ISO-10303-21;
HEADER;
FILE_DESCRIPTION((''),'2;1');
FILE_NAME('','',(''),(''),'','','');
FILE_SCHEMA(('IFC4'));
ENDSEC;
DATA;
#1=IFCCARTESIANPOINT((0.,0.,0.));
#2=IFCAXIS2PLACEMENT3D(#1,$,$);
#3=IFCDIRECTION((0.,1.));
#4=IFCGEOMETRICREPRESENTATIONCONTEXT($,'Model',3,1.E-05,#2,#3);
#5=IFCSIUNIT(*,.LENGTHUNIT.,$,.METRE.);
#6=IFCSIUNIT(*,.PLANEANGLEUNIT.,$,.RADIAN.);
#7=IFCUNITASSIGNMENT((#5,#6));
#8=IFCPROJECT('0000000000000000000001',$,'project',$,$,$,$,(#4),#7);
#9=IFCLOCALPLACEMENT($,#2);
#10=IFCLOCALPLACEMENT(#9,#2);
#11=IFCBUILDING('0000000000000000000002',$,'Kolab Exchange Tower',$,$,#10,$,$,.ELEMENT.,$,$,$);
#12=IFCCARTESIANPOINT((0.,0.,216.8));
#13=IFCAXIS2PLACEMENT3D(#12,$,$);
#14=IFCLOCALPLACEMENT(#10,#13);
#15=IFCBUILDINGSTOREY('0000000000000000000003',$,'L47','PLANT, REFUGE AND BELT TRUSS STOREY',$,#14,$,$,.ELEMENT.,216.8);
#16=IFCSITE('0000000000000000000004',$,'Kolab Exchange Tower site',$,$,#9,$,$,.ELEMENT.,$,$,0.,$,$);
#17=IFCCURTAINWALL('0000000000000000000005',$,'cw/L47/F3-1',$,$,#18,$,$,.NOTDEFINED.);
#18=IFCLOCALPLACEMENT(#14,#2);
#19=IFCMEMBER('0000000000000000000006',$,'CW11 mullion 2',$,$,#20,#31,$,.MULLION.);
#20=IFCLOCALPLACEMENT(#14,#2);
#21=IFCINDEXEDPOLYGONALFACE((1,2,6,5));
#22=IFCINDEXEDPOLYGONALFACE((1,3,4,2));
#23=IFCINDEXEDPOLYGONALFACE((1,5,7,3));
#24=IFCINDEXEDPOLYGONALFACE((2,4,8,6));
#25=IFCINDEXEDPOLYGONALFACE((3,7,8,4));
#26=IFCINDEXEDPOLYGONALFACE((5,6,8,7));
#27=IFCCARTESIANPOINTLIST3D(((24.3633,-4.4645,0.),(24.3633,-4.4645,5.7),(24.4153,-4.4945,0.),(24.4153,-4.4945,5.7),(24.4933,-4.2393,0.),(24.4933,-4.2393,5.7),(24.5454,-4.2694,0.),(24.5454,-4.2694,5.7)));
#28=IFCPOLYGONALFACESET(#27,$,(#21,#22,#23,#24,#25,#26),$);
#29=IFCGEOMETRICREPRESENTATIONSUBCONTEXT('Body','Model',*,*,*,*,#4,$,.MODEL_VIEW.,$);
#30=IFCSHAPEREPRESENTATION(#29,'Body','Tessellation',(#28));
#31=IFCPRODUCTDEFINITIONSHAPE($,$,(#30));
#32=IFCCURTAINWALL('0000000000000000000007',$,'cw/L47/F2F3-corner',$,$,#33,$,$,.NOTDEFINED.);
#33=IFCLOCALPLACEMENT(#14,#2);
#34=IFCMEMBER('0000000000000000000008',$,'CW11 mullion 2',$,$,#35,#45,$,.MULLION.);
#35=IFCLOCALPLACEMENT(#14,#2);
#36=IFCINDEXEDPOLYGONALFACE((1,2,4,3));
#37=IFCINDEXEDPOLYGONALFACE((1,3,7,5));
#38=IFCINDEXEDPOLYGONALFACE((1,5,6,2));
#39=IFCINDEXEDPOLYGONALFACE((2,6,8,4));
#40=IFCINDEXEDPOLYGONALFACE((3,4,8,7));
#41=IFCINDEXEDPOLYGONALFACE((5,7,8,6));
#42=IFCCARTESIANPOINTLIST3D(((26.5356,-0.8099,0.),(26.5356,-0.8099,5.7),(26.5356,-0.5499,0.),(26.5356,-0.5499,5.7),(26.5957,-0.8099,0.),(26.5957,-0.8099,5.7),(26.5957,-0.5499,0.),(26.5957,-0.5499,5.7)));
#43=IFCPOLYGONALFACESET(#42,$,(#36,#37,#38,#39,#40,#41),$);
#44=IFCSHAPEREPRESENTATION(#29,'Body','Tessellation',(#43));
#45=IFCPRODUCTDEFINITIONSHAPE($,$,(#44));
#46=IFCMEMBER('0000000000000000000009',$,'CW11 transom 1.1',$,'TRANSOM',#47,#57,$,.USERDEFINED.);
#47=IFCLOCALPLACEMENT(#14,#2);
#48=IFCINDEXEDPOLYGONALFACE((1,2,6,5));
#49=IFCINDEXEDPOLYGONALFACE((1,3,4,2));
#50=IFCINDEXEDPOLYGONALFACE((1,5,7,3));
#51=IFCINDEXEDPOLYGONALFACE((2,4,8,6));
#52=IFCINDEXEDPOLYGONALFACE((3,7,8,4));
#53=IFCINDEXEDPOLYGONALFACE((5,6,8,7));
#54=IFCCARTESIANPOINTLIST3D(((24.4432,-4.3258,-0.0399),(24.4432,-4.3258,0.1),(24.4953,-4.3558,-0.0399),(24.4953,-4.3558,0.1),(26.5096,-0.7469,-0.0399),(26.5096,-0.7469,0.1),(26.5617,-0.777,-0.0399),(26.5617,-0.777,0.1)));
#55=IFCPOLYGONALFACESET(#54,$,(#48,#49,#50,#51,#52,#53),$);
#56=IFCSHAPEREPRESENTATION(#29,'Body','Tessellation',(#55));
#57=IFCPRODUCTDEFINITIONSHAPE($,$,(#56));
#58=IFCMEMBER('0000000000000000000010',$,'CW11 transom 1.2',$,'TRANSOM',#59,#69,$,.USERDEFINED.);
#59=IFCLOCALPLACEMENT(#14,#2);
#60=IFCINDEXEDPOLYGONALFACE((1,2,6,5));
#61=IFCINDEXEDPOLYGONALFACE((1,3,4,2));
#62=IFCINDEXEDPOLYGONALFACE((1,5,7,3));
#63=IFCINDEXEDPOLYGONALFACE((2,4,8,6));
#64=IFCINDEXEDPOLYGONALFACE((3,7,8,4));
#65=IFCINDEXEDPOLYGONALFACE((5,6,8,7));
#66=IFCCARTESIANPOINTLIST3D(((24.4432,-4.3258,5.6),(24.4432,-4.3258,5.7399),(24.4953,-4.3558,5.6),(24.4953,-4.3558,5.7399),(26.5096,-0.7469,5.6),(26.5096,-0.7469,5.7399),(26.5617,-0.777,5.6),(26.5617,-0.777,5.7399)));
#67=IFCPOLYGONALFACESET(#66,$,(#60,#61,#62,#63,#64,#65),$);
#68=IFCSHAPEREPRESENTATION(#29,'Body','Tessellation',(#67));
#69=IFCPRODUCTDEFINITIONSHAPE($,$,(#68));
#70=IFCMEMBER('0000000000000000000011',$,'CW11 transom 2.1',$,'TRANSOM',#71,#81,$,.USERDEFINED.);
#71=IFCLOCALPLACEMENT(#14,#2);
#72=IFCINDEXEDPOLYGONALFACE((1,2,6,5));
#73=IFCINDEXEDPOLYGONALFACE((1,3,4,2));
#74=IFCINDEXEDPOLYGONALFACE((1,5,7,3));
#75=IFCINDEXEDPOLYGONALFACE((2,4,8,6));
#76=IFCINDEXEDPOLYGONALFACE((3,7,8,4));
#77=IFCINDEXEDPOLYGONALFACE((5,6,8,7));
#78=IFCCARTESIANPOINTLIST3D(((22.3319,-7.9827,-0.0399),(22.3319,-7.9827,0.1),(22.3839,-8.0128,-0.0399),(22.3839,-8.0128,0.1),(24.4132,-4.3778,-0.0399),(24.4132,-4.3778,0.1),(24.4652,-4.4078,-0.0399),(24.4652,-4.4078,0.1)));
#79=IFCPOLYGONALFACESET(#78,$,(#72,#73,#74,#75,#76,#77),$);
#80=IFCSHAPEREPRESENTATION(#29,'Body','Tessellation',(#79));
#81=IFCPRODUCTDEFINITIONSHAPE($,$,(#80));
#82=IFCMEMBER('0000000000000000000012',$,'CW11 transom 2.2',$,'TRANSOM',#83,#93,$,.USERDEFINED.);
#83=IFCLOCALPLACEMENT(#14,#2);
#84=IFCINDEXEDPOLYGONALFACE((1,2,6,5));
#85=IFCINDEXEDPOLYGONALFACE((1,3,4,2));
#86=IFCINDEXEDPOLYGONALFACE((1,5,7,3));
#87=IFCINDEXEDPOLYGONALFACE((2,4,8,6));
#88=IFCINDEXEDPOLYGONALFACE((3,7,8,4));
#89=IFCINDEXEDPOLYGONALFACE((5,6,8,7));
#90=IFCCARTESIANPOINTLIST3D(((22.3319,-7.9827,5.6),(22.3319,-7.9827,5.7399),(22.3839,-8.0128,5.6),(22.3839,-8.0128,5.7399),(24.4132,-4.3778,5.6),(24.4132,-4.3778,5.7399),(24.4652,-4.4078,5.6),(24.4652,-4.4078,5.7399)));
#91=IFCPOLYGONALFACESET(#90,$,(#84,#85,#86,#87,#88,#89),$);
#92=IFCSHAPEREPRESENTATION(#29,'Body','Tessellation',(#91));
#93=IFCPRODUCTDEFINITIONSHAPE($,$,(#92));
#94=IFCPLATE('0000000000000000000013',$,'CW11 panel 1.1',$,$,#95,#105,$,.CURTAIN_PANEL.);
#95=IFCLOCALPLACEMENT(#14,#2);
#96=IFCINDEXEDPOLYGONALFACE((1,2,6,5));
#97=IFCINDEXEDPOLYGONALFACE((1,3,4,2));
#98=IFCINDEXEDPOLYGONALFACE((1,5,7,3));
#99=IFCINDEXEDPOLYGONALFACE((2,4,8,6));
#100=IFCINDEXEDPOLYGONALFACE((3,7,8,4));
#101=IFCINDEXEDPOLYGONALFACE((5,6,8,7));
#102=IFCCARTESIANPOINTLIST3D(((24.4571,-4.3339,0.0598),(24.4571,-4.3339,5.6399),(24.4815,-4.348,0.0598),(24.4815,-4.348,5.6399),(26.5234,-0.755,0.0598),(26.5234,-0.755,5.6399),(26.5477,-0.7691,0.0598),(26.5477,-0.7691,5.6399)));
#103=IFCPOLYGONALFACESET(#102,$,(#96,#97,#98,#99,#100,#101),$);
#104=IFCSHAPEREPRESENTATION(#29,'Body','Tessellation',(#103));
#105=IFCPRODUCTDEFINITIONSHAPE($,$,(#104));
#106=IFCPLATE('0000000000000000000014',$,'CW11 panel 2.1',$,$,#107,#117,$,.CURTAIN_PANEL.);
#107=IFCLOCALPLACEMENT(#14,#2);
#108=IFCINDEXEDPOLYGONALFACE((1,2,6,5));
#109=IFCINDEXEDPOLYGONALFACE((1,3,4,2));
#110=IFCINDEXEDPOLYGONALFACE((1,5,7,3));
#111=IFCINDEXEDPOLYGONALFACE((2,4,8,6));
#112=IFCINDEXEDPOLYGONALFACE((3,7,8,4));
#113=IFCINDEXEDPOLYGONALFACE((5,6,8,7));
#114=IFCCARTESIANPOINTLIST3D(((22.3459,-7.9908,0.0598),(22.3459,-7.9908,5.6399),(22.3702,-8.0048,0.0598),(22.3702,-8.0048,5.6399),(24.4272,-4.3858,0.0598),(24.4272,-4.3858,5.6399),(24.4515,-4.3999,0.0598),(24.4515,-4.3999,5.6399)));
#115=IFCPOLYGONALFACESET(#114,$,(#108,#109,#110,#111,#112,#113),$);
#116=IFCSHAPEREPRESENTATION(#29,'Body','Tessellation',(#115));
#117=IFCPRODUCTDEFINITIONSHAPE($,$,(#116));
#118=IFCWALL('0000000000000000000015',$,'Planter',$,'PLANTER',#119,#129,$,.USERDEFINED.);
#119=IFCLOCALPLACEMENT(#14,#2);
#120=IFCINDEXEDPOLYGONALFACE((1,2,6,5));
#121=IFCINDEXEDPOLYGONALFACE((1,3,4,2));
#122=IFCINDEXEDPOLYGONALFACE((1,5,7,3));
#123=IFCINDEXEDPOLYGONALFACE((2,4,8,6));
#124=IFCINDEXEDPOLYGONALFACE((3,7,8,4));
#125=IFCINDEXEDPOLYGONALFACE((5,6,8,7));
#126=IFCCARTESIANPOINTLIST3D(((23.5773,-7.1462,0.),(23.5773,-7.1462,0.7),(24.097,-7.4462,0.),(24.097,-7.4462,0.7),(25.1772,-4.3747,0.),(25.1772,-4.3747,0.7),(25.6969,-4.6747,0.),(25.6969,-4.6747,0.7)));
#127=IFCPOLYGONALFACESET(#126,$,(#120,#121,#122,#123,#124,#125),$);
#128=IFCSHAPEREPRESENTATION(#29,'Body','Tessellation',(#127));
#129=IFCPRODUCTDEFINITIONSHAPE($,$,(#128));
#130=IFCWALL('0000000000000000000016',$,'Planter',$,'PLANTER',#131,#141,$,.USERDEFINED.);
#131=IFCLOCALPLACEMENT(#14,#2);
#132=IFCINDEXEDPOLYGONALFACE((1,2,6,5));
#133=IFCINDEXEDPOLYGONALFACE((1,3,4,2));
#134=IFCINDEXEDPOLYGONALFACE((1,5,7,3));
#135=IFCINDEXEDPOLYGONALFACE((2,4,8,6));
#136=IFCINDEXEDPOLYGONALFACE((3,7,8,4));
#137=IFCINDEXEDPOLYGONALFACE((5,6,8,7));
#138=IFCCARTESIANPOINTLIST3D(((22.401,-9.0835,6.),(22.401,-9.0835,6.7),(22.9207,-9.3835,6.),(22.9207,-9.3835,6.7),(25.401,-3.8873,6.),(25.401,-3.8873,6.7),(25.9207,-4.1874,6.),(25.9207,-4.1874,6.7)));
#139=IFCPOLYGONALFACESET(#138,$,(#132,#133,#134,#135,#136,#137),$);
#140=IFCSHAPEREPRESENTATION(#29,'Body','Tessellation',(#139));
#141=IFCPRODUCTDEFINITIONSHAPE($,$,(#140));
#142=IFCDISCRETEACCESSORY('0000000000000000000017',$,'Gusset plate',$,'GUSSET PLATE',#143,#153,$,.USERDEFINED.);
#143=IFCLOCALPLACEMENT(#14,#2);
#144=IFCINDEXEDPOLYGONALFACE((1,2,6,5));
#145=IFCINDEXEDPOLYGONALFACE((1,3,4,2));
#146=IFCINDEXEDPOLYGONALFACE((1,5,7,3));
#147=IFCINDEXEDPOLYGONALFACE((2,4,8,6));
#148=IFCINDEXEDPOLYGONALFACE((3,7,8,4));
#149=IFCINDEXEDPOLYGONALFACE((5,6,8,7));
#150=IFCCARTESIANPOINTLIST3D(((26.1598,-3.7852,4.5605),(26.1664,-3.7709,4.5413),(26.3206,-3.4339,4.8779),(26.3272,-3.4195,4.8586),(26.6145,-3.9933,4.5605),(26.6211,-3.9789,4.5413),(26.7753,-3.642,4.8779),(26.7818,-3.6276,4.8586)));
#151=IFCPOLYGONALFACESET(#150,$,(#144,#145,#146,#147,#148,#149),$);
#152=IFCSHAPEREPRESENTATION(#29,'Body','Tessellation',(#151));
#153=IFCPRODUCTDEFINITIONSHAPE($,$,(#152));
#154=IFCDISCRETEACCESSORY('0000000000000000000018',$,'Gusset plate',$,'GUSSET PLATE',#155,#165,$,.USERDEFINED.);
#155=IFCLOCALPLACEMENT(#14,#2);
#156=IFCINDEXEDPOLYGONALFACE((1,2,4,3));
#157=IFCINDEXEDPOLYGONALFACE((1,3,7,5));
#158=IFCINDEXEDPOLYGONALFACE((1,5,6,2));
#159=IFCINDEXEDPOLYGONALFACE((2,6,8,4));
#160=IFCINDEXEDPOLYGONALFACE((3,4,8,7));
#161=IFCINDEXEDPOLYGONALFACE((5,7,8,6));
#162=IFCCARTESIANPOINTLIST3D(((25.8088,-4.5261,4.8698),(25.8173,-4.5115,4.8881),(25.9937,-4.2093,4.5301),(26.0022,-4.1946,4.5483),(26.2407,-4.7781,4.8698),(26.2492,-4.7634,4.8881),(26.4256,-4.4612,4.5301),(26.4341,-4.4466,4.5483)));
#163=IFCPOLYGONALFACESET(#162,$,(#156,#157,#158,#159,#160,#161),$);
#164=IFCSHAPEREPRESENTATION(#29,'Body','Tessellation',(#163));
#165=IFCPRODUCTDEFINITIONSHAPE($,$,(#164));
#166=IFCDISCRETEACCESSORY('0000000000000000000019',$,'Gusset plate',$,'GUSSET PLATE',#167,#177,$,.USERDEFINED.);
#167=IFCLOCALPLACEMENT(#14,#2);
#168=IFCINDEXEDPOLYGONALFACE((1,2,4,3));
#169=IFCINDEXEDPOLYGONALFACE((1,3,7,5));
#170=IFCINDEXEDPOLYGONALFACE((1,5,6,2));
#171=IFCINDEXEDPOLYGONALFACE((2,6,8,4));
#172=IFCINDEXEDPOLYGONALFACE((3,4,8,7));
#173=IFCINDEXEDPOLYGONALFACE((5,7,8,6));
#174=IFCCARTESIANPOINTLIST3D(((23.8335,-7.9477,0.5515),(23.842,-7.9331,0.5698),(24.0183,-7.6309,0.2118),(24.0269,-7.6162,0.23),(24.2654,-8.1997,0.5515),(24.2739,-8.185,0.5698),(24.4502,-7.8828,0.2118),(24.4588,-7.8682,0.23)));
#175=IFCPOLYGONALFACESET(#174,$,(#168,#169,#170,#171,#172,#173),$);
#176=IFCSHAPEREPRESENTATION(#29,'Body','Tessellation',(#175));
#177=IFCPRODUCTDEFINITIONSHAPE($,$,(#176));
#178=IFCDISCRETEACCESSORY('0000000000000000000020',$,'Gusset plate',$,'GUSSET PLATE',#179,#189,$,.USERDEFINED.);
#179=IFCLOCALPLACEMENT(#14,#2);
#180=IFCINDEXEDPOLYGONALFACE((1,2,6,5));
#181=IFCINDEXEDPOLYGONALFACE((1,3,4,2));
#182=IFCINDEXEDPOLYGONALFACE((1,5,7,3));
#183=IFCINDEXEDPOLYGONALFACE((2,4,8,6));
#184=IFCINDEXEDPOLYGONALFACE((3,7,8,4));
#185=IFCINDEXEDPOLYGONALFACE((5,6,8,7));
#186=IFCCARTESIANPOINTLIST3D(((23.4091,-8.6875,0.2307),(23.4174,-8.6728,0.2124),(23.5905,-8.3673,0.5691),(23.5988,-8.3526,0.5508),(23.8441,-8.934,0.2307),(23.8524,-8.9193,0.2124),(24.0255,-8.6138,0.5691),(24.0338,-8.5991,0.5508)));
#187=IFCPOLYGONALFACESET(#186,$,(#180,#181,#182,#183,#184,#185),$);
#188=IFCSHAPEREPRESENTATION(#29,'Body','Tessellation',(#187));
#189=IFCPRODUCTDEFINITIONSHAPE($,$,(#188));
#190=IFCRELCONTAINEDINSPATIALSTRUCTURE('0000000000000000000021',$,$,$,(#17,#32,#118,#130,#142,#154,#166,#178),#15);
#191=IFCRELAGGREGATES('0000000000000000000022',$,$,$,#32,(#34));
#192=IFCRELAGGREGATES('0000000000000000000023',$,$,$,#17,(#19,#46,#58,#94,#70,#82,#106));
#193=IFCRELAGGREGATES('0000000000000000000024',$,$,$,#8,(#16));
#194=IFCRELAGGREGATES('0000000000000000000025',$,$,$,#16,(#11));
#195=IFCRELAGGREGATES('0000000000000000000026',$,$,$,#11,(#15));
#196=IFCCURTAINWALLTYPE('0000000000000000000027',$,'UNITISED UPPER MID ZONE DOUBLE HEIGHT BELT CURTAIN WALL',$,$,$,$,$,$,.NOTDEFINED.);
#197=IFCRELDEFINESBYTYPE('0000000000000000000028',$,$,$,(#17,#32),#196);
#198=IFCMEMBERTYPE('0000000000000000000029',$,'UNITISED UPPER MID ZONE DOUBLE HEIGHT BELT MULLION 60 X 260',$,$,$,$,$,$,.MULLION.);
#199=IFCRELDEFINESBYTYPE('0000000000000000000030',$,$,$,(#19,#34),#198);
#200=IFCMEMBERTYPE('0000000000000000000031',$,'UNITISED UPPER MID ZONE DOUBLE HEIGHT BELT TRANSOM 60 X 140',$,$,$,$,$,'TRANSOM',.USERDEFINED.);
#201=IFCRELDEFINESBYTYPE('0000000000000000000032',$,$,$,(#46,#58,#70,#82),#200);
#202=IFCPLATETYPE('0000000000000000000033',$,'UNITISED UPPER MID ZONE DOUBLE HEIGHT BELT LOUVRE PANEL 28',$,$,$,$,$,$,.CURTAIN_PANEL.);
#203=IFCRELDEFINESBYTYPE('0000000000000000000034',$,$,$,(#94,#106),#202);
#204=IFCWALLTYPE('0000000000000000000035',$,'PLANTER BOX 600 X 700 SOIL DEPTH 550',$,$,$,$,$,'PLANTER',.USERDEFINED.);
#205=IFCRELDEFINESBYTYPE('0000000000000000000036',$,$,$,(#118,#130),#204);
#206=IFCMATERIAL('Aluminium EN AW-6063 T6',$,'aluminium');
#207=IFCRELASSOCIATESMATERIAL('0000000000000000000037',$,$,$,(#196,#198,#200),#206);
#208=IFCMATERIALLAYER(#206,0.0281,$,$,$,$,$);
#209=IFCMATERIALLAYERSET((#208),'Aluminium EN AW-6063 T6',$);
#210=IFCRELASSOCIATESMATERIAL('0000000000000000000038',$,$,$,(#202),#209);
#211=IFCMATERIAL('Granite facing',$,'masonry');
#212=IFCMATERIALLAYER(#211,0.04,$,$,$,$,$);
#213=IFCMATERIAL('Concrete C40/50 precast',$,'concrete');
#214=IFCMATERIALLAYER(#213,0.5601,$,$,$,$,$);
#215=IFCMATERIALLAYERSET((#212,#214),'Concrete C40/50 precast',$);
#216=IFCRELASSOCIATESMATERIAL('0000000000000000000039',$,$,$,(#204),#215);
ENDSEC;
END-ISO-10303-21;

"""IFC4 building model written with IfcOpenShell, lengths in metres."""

from ifc_helpers import new_model, si_unit, direction, frame, frame_2d, origin, origin_2d, place, context, subcontext, project, spatial, rectangle, extrude, material, layer, layer_set, material_profile, profile_set, type_object, element, aggregate, save


model = new_model("IFC4")

# Units and contexts
model_context = context("Model", 3, precision=1e-05, world=origin(), true_north=direction((0.0, 1.0)))
body_context = subcontext(model_context, "Body", "Model", "MODEL_VIEW")
ifc_project = project(units=[si_unit("LENGTHUNIT", "METRE"), si_unit("PLANEANGLEUNIT", "RADIAN")], contexts=[model_context])

# Site, building, storey
site_placement = place(None, origin())
site = spatial("IfcSite", under=ifc_project, at=site_placement, Name="Kolab Exchange Tower site", CompositionType="ELEMENT", RefElevation=0.0)
building_placement = place(site_placement, origin())
building = spatial("IfcBuilding", under=site, at=building_placement, Name="Kolab Exchange Tower", CompositionType="ELEMENT")
storey_placement = place(building_placement, frame((0.0, 0.0, 216.8)))
storey = spatial("IfcBuildingStorey", under=building, at=storey_placement, Name="L47", Description="PLANT, REFUGE AND BELT TRUSS STOREY", CompositionType="ELEMENT", Elevation=216.8)

# Curtain wall, member
ifc_material_1 = material(Name="Aluminium EN AW-6063 T6", Category="aluminium")
curtain_wall_type = type_object("IfcCurtainWallType", Name="UNITISED UPPER MID ZONE DOUBLE HEIGHT BELT CURTAIN WALL", PredefinedType="NOTDEFINED", material=ifc_material_1)
curtain_wall_1_placement = place(storey_placement, origin())
curtain_wall_1 = element("IfcCurtainWall", 1, at=curtain_wall_1_placement, inside=storey, type_object=curtain_wall_type, Name="cw/L47/F3-1", PredefinedType="NOTDEFINED")
ifc_material_profile_1 = material_profile(ifc_material_1, rectangle(XDim=0.0601, YDim=0.26, at=origin_2d()), Name="RECT 60X260")
ifc_profile_set_1 = profile_set([ifc_material_profile_1], Name="Aluminium EN AW-6063 T6")
member_type_1 = type_object("IfcMemberType", Name="UNITISED UPPER MID ZONE DOUBLE HEIGHT BELT MULLION 60 X 260", PredefinedType="MULLION", material=ifc_profile_set_1)
member_1_placement = place(storey_placement, frame((24.4543, -4.3669, 0.0), z_axis=(0.0, 0.0, 1.0), x_axis=(0.866025, -0.5, 0.0)))
member_1 = element("IfcMember", 2, at=member_1_placement, type_object=member_type_1, Name="CW11 mullion 2", PredefinedType="MULLION", context=body_context, shape_type="SweptSolid", body=[
    extrude(rectangle(XDim=0.0601, YDim=0.26, at=origin_2d()), origin(), (0.0, 0.0, 1.0), 5.7),
])

# Curtain wall, member
curtain_wall_2_placement = place(storey_placement, origin())
curtain_wall_2 = element("IfcCurtainWall", 3, at=curtain_wall_2_placement, inside=storey, type_object=curtain_wall_type, Name="cw/L47/F2F3-corner", PredefinedType="NOTDEFINED")
member_2_placement = place(storey_placement, frame((26.5657, -0.6799, 0.0), z_axis=(0.0, 0.0, 1.0), x_axis=(1.0, 0.0, 0.0)))
member_2 = element("IfcMember", 4, at=member_2_placement, type_object=member_type_1, Name="CW11 mullion 2", PredefinedType="MULLION", context=body_context, shape_type="SweptSolid", body=[
    extrude(rectangle(XDim=0.0601, YDim=0.26, at=origin_2d()), origin(), (0.0, 0.0, 1.0), 5.7),
])
aggregate(curtain_wall_2, [member_2])

# Members
ifc_material_profile_2 = material_profile(ifc_material_1, rectangle(XDim=0.0601, YDim=0.1399, at=origin_2d()), Name="RECT 60X140")
ifc_profile_set_2 = profile_set([ifc_material_profile_2], Name="Aluminium EN AW-6063 T6")
member_type_2 = type_object("IfcMemberType", Name="UNITISED UPPER MID ZONE DOUBLE HEIGHT BELT TRANSOM 60 X 140", ElementType="TRANSOM", PredefinedType="USERDEFINED", material=ifc_profile_set_2)
member_3_placement = place(storey_placement, frame((26.5356, -0.762, 0.03), z_axis=(-0.500028, -0.866009, 0.0), x_axis=(0.866009, -0.500028, 0.0)))
member_3 = element("IfcMember", 5, at=member_3_placement, type_object=member_type_2, Name="CW11 transom 1.1", ObjectType="TRANSOM", PredefinedType="USERDEFINED", context=body_context, shape_type="SweptSolid", body=[
    extrude(rectangle(XDim=0.0601, YDim=0.1399, at=origin_2d()), origin(), (0.0, 0.0, 1.0), 4.1326),
])
member_4_placement = place(storey_placement, frame((26.5356, -0.762, 5.6699), z_axis=(-0.500028, -0.866009, 0.0), x_axis=(0.866009, -0.500028, 0.0)))
member_4 = element("IfcMember", 6, at=member_4_placement, type_object=member_type_2, Name="CW11 transom 1.2", ObjectType="TRANSOM", PredefinedType="USERDEFINED", context=body_context, shape_type="SweptSolid", body=[
    extrude(rectangle(XDim=0.0601, YDim=0.1399, at=origin_2d()), origin(), (0.0, 0.0, 1.0), 4.1326),
])
member_5_placement = place(storey_placement, frame((24.4392, -4.3928, 0.03), z_axis=(-0.499993, -0.866029, 0.0), x_axis=(0.866029, -0.499993, 0.0)))
member_5 = element("IfcMember", 7, at=member_5_placement, type_object=member_type_2, Name="CW11 transom 2.1", ObjectType="TRANSOM", PredefinedType="USERDEFINED", context=body_context, shape_type="SweptSolid", body=[
    extrude(rectangle(XDim=0.0601, YDim=0.1399, at=origin_2d()), origin(), (0.0, 0.0, 1.0), 4.1626),
])
member_6_placement = place(storey_placement, frame((24.4392, -4.3928, 5.6699), z_axis=(-0.499993, -0.866029, 0.0), x_axis=(0.866029, -0.499993, 0.0)))
member_6 = element("IfcMember", 8, at=member_6_placement, type_object=member_type_2, Name="CW11 transom 2.2", ObjectType="TRANSOM", PredefinedType="USERDEFINED", context=body_context, shape_type="SweptSolid", body=[
    extrude(rectangle(XDim=0.0601, YDim=0.1399, at=origin_2d()), origin(), (0.0, 0.0, 1.0), 4.1626),
])

# Plates
ifc_layer_1 = layer(ifc_material_1, 0.0281)
ifc_layer_set_1 = layer_set([ifc_layer_1], Name="Aluminium EN AW-6063 T6")
plate_type = type_object("IfcPlateType", Name="UNITISED UPPER MID ZONE DOUBLE HEIGHT BELT LOUVRE PANEL 28", PredefinedType="CURTAIN_PANEL", material=ifc_layer_set_1)
plate_1_placement = place(storey_placement, frame((25.5024, -2.5515, 0.0598), z_axis=(0.0, 0.0, 1.0), x_axis=(-0.5, -0.866025, 0.0)))
plate_1 = element("IfcPlate", 9, at=plate_1_placement, type_object=plate_type, Name="CW11 panel 1.1", PredefinedType="CURTAIN_PANEL", context=body_context, shape_type="SweptSolid", body=[
    extrude(rectangle(XDim=4.1326, YDim=0.0281, at=origin_2d()), origin(), (0.0, 0.0, 1.0), 5.5801),
])
plate_2_placement = place(storey_placement, frame((23.3987, -6.1953, 0.0598), z_axis=(0.0, 0.0, 1.0), x_axis=(-0.5, -0.866025, 0.0)))
plate_2 = element("IfcPlate", 10, at=plate_2_placement, type_object=plate_type, Name="CW11 panel 2.1", PredefinedType="CURTAIN_PANEL", context=body_context, shape_type="SweptSolid", body=[
    extrude(rectangle(XDim=4.1626, YDim=0.0281, at=origin_2d()), origin(), (0.0, 0.0, 1.0), 5.5801),
])
aggregate(curtain_wall_1, [member_1, member_3, member_4, plate_1, member_5, member_6, plate_2])

# Walls
ifc_material_2 = material(Name="Granite facing", Category="masonry")
ifc_layer_2 = layer(ifc_material_2, 0.04)
ifc_material_3 = material(Name="Concrete C40/50 precast", Category="concrete")
ifc_layer_3 = layer(ifc_material_3, 0.5601)
ifc_layer_set_2 = layer_set([ifc_layer_2, ifc_layer_3], Name="Concrete C40/50 precast")
wall_type = type_object("IfcWallType", Name="PLANTER BOX 600 X 700 SOIL DEPTH 550", ElementType="PLANTER", PredefinedType="USERDEFINED", material=ifc_layer_set_2)
wall_1_placement = place(storey_placement, frame((25.437, -4.5247, 0.0), z_axis=(0.0, 0.0, 1.0), x_axis=(-0.499938, -0.866061, 0.0)))
element("IfcWall", 11, at=wall_1_placement, inside=storey, type_object=wall_type, Name="Planter", ObjectType="PLANTER", PredefinedType="USERDEFINED", context=body_context, shape_type="SweptSolid", body=[
    extrude(rectangle(XDim=3.2002, YDim=0.6001, at=frame_2d((1.6001, 0.0))), origin(), (0.0, 0.0, 1.0), 0.7),
])
wall_2_placement = place(storey_placement, frame((25.6609, -4.0374, 6.0), z_axis=(0.0, 0.0, 1.0), x_axis=(-0.500008, -0.866021, 0.0)))
element("IfcWall", 12, at=wall_2_placement, inside=storey, type_object=wall_type, Name="Planter", ObjectType="PLANTER", PredefinedType="USERDEFINED", context=body_context, shape_type="SweptSolid", body=[
    extrude(rectangle(XDim=6.0, YDim=0.6001, at=frame_2d((3.0, 0.0))), origin(), (0.0, 0.0, 1.0), 0.7),
])

# Discrete accessories
for number, where, z_axis, x_axis, name in (
    (13, (26.4741, -3.6992, 4.7), (-0.26411, -0.577129, 0.772766), (0.909308, -0.416124, 0.0), "Gusset plate"),
    (14, (26.1172, -4.4937, 4.7), (0.342381, 0.586939, 0.733674), (-0.863779, 0.503871, 0.0), "Gusset plate"),
    (15, (24.1504, -7.9006, 0.3999), (-0.342381, -0.586939, -0.733674), (0.863779, -0.503871, 0.0), "Gusset plate"),
    (16, (23.7173, -8.6506, 0.3999), (0.333702, 0.588887, -0.736108), (-0.870022, 0.493013, 0.0), "Gusset plate"),
):
    element("IfcDiscreteAccessory", number, at=place(storey_placement, frame(where, z_axis=z_axis, x_axis=x_axis)), inside=storey, Name=name, ObjectType="GUSSET PLATE", PredefinedType="USERDEFINED", context=body_context, shape_type="SweptSolid", body=[
        extrude(rectangle(XDim=0.5, YDim=0.5, at=origin_2d()), origin(), (0.0, 0.0, 1.0), 0.0249),
    ])

save(model, "model.ifc")
